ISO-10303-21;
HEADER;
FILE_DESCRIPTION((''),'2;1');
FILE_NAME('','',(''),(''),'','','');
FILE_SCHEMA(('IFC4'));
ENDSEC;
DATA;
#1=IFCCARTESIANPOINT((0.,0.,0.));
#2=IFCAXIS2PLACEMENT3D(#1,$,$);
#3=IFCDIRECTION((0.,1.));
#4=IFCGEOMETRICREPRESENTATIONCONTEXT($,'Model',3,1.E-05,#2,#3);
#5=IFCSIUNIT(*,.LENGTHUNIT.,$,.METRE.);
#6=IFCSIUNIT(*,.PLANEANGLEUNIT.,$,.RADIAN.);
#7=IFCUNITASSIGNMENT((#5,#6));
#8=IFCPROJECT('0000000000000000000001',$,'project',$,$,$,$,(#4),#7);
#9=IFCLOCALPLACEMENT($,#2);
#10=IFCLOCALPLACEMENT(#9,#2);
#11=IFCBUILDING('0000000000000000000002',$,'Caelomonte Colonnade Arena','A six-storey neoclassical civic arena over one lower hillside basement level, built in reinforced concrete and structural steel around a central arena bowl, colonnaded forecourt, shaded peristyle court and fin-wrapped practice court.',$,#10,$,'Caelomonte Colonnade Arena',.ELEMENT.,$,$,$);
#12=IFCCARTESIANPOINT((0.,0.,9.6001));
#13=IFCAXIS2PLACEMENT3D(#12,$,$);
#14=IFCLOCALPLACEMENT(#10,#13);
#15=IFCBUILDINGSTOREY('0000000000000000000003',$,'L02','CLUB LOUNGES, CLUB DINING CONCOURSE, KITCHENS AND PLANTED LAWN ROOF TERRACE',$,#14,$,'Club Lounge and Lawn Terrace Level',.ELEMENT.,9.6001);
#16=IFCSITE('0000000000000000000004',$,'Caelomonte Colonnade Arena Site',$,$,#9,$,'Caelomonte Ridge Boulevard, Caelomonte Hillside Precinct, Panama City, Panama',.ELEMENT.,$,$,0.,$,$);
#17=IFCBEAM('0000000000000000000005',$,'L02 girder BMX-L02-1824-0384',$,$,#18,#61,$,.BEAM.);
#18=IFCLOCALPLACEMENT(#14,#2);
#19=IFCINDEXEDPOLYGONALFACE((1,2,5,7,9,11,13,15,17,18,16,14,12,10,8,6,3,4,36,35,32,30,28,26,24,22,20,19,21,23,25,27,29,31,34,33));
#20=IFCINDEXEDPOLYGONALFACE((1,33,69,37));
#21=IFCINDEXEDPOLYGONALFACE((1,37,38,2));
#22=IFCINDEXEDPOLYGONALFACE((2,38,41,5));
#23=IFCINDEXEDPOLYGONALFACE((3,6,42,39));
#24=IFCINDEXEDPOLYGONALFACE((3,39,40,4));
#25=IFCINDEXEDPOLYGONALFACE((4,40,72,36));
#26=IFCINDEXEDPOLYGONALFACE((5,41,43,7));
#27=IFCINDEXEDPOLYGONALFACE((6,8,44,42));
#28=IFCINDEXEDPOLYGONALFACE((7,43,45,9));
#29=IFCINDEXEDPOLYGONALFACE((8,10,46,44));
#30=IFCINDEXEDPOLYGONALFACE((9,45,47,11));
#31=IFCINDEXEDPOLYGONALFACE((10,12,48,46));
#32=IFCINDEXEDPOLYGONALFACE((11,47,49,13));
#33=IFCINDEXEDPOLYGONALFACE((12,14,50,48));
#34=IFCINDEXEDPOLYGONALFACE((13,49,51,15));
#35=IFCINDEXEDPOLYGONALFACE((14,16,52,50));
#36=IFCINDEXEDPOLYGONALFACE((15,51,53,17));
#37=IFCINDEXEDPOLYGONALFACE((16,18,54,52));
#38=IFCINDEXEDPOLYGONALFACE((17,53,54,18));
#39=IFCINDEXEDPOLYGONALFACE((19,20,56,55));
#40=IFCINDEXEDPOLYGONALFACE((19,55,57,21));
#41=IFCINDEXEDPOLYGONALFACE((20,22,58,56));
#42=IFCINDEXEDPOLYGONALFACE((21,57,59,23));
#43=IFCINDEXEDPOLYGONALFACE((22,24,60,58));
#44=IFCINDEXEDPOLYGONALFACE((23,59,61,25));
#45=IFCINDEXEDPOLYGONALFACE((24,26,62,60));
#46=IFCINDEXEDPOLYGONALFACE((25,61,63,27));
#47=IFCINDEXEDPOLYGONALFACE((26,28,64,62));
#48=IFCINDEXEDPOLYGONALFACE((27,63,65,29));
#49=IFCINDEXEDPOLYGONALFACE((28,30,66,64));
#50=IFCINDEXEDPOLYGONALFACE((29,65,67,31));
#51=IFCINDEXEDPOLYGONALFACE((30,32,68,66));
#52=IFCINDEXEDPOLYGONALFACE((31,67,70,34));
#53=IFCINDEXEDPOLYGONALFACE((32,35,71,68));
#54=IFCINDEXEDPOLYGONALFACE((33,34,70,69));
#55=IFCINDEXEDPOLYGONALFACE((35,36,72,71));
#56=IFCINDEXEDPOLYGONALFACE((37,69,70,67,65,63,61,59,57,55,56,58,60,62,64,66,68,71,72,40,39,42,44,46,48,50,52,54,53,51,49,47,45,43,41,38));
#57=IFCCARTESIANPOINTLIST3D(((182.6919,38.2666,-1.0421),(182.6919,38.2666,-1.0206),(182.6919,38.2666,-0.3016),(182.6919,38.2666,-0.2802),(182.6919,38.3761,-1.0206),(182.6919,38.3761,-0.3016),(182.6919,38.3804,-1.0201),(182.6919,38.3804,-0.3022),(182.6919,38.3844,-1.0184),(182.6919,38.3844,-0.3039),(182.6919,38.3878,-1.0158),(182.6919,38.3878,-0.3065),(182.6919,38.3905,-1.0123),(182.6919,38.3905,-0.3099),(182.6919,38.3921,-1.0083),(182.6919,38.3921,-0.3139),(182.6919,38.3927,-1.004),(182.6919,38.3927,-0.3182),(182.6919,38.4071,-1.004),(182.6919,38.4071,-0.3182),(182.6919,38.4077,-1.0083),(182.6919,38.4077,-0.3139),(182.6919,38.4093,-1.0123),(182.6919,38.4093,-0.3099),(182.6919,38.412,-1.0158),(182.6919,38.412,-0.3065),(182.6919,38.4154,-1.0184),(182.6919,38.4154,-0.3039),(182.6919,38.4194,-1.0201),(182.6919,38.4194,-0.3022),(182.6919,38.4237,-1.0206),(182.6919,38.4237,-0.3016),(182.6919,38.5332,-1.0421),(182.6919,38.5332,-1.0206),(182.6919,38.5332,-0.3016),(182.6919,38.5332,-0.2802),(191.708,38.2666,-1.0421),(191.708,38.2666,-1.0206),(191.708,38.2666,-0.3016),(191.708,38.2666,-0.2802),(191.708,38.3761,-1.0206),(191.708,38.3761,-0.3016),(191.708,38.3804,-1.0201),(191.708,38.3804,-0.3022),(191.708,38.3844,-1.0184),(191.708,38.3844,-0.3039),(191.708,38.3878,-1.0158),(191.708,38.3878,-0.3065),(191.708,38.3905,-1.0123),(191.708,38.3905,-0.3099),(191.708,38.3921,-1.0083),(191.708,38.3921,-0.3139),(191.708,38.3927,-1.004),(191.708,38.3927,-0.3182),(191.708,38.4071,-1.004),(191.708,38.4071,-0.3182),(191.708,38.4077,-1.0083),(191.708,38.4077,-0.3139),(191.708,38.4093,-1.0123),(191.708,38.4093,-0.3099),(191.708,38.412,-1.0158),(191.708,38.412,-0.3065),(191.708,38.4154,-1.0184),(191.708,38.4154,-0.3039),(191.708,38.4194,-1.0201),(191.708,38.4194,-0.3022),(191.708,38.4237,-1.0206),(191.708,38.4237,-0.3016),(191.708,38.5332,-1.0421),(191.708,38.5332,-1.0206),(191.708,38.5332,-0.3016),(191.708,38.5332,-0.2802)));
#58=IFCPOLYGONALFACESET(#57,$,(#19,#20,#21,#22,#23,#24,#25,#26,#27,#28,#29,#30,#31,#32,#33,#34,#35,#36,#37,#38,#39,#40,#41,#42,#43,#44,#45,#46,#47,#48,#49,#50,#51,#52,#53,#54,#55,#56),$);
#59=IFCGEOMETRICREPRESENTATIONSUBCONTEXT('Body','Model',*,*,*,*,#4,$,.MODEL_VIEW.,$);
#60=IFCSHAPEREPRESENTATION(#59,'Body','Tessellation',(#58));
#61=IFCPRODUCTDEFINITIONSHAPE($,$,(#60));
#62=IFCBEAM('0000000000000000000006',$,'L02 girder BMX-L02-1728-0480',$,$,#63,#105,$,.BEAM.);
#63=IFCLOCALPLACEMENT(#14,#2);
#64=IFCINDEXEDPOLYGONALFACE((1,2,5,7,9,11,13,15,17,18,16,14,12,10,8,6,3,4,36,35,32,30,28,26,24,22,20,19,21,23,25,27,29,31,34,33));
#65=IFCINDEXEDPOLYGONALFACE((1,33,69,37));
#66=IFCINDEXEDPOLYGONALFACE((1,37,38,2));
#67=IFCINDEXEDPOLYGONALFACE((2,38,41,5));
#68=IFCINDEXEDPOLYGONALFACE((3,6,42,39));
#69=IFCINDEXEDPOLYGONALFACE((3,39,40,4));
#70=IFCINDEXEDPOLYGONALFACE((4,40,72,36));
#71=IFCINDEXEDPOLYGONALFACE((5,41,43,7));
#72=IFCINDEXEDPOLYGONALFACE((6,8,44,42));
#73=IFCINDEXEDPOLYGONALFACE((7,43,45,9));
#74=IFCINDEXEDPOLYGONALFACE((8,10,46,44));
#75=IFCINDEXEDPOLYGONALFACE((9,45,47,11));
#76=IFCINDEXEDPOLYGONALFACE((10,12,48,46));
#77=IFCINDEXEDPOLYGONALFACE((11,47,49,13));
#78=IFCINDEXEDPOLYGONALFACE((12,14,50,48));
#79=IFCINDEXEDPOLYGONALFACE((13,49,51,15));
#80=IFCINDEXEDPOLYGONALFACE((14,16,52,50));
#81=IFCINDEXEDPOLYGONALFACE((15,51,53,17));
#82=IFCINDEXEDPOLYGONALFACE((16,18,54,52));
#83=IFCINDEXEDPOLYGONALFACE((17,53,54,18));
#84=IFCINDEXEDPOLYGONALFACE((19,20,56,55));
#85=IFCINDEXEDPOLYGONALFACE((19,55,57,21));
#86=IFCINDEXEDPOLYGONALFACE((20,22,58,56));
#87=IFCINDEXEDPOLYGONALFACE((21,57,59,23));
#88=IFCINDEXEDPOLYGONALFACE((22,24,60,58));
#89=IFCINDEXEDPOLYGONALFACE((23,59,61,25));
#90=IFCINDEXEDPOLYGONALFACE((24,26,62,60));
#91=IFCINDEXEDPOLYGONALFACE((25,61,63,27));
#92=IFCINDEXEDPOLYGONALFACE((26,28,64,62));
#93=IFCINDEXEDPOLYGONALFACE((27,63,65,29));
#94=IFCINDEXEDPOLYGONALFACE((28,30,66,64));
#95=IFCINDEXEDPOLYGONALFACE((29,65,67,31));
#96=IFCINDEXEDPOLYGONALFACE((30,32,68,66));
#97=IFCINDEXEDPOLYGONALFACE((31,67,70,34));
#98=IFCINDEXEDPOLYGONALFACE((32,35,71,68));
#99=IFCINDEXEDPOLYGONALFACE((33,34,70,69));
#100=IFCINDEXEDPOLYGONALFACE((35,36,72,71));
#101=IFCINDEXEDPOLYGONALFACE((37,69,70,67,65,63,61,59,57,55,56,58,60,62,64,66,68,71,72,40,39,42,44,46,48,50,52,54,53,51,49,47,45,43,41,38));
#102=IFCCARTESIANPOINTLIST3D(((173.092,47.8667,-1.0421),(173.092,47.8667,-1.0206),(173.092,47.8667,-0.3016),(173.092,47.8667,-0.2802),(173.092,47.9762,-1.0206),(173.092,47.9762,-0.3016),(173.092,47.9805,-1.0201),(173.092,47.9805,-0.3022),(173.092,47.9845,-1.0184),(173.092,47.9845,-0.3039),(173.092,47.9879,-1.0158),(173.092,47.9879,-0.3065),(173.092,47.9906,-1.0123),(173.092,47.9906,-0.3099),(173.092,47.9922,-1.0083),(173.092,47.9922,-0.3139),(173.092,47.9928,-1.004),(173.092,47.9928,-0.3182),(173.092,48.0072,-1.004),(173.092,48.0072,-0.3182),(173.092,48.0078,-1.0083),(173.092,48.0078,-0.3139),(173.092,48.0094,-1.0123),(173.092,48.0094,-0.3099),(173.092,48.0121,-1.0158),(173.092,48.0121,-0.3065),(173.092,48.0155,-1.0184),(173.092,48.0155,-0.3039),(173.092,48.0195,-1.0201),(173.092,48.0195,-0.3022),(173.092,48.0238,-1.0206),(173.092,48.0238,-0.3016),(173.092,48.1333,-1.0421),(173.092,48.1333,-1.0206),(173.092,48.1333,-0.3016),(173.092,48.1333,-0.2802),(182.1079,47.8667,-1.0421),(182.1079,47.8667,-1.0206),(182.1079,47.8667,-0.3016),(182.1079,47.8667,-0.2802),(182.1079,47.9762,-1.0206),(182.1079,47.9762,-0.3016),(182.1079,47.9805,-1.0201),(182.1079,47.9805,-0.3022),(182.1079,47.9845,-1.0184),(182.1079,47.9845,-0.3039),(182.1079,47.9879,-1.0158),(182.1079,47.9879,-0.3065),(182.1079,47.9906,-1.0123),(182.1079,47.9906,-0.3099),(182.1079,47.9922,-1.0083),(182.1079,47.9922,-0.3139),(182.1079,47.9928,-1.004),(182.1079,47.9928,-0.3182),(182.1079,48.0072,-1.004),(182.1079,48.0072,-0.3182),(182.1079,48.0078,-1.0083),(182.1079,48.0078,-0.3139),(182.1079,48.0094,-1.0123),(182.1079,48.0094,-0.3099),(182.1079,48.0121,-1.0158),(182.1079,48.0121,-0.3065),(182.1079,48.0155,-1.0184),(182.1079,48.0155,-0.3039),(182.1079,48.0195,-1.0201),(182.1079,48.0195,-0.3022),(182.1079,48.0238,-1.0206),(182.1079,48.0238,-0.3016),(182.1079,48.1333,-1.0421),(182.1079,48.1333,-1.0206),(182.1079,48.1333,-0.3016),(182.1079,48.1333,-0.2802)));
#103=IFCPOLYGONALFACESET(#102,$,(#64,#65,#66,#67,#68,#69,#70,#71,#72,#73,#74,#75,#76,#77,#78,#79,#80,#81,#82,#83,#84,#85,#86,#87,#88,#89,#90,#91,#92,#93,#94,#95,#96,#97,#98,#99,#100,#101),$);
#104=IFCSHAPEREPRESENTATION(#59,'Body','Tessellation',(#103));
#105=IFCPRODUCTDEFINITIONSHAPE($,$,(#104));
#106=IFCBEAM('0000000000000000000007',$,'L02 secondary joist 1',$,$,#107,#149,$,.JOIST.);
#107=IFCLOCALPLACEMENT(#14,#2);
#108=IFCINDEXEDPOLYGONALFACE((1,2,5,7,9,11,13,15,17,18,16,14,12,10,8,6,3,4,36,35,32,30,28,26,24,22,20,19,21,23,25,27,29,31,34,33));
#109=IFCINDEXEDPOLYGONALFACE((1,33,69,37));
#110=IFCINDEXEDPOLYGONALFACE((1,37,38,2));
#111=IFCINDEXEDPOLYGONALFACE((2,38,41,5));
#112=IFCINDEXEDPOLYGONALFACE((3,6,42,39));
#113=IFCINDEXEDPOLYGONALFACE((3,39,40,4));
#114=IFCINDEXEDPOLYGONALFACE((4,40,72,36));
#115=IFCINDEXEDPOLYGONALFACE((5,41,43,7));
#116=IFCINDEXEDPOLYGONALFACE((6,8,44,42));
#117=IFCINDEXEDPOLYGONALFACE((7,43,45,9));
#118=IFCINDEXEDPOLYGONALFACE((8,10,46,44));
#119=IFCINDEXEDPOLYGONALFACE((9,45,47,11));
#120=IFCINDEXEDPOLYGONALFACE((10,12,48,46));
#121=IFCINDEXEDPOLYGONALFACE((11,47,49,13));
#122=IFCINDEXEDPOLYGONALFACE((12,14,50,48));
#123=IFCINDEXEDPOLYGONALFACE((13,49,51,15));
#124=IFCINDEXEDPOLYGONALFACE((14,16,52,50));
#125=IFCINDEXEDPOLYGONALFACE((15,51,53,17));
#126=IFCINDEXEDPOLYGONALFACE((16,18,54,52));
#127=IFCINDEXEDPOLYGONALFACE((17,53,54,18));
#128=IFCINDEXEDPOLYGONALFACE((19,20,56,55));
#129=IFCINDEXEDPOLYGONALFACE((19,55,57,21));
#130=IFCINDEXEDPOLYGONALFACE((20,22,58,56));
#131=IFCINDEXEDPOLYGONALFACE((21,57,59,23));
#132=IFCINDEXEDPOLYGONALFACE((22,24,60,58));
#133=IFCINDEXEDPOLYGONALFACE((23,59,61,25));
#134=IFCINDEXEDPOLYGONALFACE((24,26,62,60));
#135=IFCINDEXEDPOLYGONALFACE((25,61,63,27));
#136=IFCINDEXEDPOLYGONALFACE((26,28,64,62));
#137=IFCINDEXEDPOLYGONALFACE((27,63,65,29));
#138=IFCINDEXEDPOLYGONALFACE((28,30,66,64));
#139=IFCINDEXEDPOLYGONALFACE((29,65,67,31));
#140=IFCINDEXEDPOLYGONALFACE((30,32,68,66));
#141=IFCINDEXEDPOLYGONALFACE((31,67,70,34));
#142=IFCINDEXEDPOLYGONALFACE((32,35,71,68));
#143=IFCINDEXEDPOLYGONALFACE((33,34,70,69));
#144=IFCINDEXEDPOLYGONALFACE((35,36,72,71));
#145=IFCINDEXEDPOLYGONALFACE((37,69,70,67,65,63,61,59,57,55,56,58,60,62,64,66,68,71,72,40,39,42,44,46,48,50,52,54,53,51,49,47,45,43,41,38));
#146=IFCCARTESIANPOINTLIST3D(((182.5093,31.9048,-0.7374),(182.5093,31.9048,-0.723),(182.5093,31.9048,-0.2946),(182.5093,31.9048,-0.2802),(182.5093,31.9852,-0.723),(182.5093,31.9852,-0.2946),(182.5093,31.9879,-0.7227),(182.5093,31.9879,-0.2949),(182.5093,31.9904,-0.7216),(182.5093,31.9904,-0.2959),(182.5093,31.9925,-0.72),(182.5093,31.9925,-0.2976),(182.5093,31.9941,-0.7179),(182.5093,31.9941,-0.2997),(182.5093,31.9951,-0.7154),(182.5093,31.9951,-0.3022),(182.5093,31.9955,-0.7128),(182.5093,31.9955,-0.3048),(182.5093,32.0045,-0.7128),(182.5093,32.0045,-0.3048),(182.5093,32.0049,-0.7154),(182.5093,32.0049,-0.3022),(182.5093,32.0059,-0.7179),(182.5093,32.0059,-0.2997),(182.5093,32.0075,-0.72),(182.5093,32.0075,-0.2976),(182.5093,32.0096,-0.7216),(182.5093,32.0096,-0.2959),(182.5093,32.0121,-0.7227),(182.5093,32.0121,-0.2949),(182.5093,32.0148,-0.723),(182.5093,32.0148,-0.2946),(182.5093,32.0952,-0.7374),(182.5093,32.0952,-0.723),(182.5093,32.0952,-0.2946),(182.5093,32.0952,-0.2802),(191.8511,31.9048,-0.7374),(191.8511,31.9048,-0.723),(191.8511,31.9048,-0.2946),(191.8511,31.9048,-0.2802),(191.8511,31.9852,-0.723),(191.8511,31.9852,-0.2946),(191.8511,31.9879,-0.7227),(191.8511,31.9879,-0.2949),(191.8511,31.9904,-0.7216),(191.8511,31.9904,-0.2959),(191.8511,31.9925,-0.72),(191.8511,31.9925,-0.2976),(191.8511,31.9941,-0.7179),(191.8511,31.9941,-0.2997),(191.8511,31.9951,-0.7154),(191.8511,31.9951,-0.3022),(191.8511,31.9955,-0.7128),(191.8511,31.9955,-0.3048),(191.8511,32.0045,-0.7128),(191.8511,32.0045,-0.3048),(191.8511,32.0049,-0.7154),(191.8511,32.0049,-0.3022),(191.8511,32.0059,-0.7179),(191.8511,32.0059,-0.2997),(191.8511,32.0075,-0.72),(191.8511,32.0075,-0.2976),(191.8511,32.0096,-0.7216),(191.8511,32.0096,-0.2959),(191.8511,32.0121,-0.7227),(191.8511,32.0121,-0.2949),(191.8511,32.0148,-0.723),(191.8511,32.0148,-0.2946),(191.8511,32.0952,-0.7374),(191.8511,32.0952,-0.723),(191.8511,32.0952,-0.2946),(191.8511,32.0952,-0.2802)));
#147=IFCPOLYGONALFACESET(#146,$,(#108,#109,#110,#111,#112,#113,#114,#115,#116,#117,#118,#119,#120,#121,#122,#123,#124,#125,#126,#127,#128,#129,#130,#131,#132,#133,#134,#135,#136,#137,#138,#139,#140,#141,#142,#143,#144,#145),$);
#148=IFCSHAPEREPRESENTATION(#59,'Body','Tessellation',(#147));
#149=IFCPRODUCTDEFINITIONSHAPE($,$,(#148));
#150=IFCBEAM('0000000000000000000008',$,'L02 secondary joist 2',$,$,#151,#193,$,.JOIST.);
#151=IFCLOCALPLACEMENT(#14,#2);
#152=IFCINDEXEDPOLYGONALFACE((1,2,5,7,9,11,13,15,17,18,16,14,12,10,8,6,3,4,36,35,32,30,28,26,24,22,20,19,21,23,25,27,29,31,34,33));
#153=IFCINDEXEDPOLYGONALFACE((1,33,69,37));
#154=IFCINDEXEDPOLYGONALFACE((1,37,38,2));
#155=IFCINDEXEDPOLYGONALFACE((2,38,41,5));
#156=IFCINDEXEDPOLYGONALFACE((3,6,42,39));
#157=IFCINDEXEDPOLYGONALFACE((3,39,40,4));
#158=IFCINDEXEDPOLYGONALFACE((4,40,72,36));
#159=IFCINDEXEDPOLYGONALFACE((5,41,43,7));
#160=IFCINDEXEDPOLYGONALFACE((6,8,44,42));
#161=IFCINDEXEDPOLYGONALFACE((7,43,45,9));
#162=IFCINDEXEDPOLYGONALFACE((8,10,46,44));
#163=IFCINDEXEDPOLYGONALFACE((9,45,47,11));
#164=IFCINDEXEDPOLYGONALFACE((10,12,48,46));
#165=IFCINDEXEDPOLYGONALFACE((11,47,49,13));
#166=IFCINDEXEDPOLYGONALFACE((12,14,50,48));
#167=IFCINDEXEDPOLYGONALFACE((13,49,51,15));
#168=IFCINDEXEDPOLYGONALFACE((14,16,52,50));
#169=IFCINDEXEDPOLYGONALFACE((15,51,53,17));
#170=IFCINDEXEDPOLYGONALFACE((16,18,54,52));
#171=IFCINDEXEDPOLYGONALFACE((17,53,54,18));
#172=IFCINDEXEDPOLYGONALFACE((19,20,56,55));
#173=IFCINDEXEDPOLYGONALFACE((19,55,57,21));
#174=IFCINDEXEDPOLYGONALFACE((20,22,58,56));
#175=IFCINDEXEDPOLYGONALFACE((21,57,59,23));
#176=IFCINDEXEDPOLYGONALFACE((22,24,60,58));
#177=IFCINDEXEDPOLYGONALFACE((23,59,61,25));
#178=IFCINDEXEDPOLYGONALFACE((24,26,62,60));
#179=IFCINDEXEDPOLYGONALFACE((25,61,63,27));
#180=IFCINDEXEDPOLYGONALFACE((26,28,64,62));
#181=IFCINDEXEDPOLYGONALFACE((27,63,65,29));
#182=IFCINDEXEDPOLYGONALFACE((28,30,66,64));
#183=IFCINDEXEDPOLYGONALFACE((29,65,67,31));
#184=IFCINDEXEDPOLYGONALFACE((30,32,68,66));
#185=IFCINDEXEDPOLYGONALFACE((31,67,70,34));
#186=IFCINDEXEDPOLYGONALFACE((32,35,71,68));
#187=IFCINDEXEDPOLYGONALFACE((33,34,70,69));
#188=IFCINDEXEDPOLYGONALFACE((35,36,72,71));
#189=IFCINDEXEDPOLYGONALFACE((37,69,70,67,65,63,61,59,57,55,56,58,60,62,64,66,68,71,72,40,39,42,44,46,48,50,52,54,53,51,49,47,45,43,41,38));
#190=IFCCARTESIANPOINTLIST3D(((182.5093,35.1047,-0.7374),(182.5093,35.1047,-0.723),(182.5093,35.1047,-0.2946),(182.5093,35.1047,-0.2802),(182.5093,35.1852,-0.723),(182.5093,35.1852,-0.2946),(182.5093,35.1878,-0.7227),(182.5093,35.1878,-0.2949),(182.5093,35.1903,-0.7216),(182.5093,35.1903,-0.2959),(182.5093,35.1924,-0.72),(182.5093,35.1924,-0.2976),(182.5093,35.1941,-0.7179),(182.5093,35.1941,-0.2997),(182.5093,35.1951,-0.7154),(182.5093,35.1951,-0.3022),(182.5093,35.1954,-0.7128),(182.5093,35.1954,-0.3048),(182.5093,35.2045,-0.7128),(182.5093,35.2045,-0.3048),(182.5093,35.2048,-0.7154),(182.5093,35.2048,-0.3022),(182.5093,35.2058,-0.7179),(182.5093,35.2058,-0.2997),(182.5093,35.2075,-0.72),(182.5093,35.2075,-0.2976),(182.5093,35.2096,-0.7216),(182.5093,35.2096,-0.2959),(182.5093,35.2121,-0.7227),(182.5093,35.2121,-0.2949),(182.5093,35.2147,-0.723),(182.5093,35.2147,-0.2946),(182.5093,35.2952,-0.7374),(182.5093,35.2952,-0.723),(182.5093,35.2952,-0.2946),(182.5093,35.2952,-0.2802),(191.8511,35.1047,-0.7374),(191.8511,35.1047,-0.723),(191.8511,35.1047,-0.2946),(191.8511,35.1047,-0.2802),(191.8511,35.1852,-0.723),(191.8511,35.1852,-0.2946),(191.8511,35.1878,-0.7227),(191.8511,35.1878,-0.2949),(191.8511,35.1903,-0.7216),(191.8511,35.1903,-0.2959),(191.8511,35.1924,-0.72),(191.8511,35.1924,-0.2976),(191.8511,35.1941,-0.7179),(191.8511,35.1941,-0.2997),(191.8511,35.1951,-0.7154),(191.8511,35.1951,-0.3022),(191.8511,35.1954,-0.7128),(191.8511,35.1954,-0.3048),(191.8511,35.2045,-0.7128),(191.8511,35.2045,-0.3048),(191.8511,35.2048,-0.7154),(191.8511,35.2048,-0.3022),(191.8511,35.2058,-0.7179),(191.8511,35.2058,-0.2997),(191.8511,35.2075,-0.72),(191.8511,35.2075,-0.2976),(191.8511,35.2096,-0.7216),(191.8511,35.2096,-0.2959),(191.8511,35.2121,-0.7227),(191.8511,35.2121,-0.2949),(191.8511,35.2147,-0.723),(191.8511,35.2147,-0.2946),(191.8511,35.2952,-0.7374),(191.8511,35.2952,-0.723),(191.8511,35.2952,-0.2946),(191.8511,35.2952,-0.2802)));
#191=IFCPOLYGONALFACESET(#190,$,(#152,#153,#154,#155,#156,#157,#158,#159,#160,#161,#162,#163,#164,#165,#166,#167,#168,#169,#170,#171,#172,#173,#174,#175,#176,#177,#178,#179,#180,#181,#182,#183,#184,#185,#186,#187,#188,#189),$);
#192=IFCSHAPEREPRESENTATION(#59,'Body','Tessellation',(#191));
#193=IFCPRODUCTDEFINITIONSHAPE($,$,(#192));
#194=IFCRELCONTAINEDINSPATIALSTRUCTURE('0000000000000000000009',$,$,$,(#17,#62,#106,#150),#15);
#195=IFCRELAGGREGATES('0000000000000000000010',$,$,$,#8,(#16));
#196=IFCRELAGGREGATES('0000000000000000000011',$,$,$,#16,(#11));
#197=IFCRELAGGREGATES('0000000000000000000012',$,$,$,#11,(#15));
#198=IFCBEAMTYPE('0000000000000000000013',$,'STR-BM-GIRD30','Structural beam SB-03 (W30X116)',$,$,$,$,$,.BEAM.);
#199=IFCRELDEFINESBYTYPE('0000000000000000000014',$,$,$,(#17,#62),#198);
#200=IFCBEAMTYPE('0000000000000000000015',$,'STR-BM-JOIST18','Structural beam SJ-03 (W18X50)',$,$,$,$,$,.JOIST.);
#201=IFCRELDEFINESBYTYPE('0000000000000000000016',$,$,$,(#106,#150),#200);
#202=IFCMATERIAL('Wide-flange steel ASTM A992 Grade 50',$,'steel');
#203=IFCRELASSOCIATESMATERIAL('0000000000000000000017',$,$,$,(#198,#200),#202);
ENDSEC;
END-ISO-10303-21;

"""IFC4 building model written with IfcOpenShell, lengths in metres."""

from ifc_helpers import new_model, si_unit, direction, frame, origin, origin_2d, place, context, subcontext, project, spatial, i_section, extrude, material, material_profile, profile_set, type_object, element, save


model = new_model("IFC4")

# Units and contexts
model_context = context("Model", 3, precision=1e-05, world=origin(), true_north=direction((0.0, 1.0)))
body_context = subcontext(model_context, "Body", "Model", "MODEL_VIEW")
ifc_project = project(units=[si_unit("LENGTHUNIT", "METRE"), si_unit("PLANEANGLEUNIT", "RADIAN")], contexts=[model_context])

# Site, building, storey
site_placement = place(None, origin())
site = spatial("IfcSite", under=ifc_project, at=site_placement, Name="Caelomonte Colonnade Arena Site", LongName="Caelomonte Ridge Boulevard, Caelomonte Hillside Precinct, Panama City, Panama", CompositionType="ELEMENT", RefElevation=0.0)
building_placement = place(site_placement, origin())
building = spatial("IfcBuilding", under=site, at=building_placement, Name="Caelomonte Colonnade Arena", Description="A six-storey neoclassical civic arena over one lower hillside basement level, built in reinforced concrete and structural steel around a central arena bowl, colonnaded forecourt, shaded peristyle court and fin-wrapped practice court.", LongName="Caelomonte Colonnade Arena", CompositionType="ELEMENT")
storey_placement = place(building_placement, frame((0.0, 0.0, 9.6001)))
storey = spatial("IfcBuildingStorey", under=building, at=storey_placement, Name="L02", Description="CLUB LOUNGES, CLUB DINING CONCOURSE, KITCHENS AND PLANTED LAWN ROOF TERRACE", LongName="Club Lounge and Lawn Terrace Level", CompositionType="ELEMENT", Elevation=9.6001)

# Beams
ifc_material_1 = material(Name="Wide-flange steel ASTM A992 Grade 50", Category="steel")
ifc_material_profile_1 = material_profile(ifc_material_1, i_section(OverallWidth=0.2666, OverallDepth=0.762, WebThickness=0.0144, FlangeThickness=0.0215, FilletRadius=0.0166, at=origin_2d()), Name="W30X116")
ifc_profile_set_1 = profile_set([ifc_material_profile_1], Name="Wide-flange steel ASTM A992 Grade 50")
beam_type_1 = type_object("IfcBeamType", Name="STR-BM-GIRD30", Description="Structural beam SB-03 (W30X116)", PredefinedType="BEAM", material=ifc_profile_set_1)
beam_1_placement = place(storey_placement, frame((182.6919, 38.3999, -0.6611), z_axis=(1.0, 0.0, 0.0), x_axis=(0.0, 1.0, 0.0)))
element("IfcBeam", 1, at=beam_1_placement, inside=storey, type_object=beam_type_1, Name="L02 girder BMX-L02-1824-0384", PredefinedType="BEAM", context=body_context, shape_type="SweptSolid", body=[
    extrude(i_section(OverallWidth=0.2666, OverallDepth=0.762, WebThickness=0.0144, FlangeThickness=0.0215, FilletRadius=0.0166, at=origin_2d()), origin(), (0.0, 0.0, 1.0), 9.0161),
])
beam_2_placement = place(storey_placement, frame((173.092, 48.0, -0.6611), z_axis=(1.0, 0.0, 0.0), x_axis=(0.0, 1.0, 0.0)))
element("IfcBeam", 2, at=beam_2_placement, inside=storey, type_object=beam_type_1, Name="L02 girder BMX-L02-1728-0480", PredefinedType="BEAM", context=body_context, shape_type="SweptSolid", body=[
    extrude(i_section(OverallWidth=0.2666, OverallDepth=0.762, WebThickness=0.0144, FlangeThickness=0.0215, FilletRadius=0.0166, at=origin_2d()), origin(), (0.0, 0.0, 1.0), 9.0159),
])
ifc_material_profile_2 = material_profile(ifc_material_1, i_section(OverallWidth=0.1904, OverallDepth=0.4573, WebThickness=0.009, FlangeThickness=0.0144, FilletRadius=0.0103, at=origin_2d()), Name="W18X50")
ifc_profile_set_2 = profile_set([ifc_material_profile_2], Name="Wide-flange steel ASTM A992 Grade 50")
beam_type_2 = type_object("IfcBeamType", Name="STR-BM-JOIST18", Description="Structural beam SJ-03 (W18X50)", PredefinedType="JOIST", material=ifc_profile_set_2)
for number, where, z_axis, x_axis, name in (
    (3, (182.5093, 32.0, -0.5088), (1.0, 0.0, 0.0), (0.0, 1.0, 0.0), "L02 secondary joist 1"),
    (4, (182.5093, 35.2, -0.5088), (1.0, 0.0, 0.0), (0.0, 1.0, 0.0), "L02 secondary joist 2"),
):
    element("IfcBeam", number, at=place(storey_placement, frame(where, z_axis=z_axis, x_axis=x_axis)), inside=storey, type_object=beam_type_2, Name=name, PredefinedType="JOIST", context=body_context, shape_type="SweptSolid", body=[
        extrude(i_section(OverallWidth=0.1904, OverallDepth=0.4573, WebThickness=0.009, FlangeThickness=0.0144, FilletRadius=0.0103, at=origin_2d()), origin(), (0.0, 0.0, 1.0), 9.3418),
    ])

save(model, "model.ifc")
